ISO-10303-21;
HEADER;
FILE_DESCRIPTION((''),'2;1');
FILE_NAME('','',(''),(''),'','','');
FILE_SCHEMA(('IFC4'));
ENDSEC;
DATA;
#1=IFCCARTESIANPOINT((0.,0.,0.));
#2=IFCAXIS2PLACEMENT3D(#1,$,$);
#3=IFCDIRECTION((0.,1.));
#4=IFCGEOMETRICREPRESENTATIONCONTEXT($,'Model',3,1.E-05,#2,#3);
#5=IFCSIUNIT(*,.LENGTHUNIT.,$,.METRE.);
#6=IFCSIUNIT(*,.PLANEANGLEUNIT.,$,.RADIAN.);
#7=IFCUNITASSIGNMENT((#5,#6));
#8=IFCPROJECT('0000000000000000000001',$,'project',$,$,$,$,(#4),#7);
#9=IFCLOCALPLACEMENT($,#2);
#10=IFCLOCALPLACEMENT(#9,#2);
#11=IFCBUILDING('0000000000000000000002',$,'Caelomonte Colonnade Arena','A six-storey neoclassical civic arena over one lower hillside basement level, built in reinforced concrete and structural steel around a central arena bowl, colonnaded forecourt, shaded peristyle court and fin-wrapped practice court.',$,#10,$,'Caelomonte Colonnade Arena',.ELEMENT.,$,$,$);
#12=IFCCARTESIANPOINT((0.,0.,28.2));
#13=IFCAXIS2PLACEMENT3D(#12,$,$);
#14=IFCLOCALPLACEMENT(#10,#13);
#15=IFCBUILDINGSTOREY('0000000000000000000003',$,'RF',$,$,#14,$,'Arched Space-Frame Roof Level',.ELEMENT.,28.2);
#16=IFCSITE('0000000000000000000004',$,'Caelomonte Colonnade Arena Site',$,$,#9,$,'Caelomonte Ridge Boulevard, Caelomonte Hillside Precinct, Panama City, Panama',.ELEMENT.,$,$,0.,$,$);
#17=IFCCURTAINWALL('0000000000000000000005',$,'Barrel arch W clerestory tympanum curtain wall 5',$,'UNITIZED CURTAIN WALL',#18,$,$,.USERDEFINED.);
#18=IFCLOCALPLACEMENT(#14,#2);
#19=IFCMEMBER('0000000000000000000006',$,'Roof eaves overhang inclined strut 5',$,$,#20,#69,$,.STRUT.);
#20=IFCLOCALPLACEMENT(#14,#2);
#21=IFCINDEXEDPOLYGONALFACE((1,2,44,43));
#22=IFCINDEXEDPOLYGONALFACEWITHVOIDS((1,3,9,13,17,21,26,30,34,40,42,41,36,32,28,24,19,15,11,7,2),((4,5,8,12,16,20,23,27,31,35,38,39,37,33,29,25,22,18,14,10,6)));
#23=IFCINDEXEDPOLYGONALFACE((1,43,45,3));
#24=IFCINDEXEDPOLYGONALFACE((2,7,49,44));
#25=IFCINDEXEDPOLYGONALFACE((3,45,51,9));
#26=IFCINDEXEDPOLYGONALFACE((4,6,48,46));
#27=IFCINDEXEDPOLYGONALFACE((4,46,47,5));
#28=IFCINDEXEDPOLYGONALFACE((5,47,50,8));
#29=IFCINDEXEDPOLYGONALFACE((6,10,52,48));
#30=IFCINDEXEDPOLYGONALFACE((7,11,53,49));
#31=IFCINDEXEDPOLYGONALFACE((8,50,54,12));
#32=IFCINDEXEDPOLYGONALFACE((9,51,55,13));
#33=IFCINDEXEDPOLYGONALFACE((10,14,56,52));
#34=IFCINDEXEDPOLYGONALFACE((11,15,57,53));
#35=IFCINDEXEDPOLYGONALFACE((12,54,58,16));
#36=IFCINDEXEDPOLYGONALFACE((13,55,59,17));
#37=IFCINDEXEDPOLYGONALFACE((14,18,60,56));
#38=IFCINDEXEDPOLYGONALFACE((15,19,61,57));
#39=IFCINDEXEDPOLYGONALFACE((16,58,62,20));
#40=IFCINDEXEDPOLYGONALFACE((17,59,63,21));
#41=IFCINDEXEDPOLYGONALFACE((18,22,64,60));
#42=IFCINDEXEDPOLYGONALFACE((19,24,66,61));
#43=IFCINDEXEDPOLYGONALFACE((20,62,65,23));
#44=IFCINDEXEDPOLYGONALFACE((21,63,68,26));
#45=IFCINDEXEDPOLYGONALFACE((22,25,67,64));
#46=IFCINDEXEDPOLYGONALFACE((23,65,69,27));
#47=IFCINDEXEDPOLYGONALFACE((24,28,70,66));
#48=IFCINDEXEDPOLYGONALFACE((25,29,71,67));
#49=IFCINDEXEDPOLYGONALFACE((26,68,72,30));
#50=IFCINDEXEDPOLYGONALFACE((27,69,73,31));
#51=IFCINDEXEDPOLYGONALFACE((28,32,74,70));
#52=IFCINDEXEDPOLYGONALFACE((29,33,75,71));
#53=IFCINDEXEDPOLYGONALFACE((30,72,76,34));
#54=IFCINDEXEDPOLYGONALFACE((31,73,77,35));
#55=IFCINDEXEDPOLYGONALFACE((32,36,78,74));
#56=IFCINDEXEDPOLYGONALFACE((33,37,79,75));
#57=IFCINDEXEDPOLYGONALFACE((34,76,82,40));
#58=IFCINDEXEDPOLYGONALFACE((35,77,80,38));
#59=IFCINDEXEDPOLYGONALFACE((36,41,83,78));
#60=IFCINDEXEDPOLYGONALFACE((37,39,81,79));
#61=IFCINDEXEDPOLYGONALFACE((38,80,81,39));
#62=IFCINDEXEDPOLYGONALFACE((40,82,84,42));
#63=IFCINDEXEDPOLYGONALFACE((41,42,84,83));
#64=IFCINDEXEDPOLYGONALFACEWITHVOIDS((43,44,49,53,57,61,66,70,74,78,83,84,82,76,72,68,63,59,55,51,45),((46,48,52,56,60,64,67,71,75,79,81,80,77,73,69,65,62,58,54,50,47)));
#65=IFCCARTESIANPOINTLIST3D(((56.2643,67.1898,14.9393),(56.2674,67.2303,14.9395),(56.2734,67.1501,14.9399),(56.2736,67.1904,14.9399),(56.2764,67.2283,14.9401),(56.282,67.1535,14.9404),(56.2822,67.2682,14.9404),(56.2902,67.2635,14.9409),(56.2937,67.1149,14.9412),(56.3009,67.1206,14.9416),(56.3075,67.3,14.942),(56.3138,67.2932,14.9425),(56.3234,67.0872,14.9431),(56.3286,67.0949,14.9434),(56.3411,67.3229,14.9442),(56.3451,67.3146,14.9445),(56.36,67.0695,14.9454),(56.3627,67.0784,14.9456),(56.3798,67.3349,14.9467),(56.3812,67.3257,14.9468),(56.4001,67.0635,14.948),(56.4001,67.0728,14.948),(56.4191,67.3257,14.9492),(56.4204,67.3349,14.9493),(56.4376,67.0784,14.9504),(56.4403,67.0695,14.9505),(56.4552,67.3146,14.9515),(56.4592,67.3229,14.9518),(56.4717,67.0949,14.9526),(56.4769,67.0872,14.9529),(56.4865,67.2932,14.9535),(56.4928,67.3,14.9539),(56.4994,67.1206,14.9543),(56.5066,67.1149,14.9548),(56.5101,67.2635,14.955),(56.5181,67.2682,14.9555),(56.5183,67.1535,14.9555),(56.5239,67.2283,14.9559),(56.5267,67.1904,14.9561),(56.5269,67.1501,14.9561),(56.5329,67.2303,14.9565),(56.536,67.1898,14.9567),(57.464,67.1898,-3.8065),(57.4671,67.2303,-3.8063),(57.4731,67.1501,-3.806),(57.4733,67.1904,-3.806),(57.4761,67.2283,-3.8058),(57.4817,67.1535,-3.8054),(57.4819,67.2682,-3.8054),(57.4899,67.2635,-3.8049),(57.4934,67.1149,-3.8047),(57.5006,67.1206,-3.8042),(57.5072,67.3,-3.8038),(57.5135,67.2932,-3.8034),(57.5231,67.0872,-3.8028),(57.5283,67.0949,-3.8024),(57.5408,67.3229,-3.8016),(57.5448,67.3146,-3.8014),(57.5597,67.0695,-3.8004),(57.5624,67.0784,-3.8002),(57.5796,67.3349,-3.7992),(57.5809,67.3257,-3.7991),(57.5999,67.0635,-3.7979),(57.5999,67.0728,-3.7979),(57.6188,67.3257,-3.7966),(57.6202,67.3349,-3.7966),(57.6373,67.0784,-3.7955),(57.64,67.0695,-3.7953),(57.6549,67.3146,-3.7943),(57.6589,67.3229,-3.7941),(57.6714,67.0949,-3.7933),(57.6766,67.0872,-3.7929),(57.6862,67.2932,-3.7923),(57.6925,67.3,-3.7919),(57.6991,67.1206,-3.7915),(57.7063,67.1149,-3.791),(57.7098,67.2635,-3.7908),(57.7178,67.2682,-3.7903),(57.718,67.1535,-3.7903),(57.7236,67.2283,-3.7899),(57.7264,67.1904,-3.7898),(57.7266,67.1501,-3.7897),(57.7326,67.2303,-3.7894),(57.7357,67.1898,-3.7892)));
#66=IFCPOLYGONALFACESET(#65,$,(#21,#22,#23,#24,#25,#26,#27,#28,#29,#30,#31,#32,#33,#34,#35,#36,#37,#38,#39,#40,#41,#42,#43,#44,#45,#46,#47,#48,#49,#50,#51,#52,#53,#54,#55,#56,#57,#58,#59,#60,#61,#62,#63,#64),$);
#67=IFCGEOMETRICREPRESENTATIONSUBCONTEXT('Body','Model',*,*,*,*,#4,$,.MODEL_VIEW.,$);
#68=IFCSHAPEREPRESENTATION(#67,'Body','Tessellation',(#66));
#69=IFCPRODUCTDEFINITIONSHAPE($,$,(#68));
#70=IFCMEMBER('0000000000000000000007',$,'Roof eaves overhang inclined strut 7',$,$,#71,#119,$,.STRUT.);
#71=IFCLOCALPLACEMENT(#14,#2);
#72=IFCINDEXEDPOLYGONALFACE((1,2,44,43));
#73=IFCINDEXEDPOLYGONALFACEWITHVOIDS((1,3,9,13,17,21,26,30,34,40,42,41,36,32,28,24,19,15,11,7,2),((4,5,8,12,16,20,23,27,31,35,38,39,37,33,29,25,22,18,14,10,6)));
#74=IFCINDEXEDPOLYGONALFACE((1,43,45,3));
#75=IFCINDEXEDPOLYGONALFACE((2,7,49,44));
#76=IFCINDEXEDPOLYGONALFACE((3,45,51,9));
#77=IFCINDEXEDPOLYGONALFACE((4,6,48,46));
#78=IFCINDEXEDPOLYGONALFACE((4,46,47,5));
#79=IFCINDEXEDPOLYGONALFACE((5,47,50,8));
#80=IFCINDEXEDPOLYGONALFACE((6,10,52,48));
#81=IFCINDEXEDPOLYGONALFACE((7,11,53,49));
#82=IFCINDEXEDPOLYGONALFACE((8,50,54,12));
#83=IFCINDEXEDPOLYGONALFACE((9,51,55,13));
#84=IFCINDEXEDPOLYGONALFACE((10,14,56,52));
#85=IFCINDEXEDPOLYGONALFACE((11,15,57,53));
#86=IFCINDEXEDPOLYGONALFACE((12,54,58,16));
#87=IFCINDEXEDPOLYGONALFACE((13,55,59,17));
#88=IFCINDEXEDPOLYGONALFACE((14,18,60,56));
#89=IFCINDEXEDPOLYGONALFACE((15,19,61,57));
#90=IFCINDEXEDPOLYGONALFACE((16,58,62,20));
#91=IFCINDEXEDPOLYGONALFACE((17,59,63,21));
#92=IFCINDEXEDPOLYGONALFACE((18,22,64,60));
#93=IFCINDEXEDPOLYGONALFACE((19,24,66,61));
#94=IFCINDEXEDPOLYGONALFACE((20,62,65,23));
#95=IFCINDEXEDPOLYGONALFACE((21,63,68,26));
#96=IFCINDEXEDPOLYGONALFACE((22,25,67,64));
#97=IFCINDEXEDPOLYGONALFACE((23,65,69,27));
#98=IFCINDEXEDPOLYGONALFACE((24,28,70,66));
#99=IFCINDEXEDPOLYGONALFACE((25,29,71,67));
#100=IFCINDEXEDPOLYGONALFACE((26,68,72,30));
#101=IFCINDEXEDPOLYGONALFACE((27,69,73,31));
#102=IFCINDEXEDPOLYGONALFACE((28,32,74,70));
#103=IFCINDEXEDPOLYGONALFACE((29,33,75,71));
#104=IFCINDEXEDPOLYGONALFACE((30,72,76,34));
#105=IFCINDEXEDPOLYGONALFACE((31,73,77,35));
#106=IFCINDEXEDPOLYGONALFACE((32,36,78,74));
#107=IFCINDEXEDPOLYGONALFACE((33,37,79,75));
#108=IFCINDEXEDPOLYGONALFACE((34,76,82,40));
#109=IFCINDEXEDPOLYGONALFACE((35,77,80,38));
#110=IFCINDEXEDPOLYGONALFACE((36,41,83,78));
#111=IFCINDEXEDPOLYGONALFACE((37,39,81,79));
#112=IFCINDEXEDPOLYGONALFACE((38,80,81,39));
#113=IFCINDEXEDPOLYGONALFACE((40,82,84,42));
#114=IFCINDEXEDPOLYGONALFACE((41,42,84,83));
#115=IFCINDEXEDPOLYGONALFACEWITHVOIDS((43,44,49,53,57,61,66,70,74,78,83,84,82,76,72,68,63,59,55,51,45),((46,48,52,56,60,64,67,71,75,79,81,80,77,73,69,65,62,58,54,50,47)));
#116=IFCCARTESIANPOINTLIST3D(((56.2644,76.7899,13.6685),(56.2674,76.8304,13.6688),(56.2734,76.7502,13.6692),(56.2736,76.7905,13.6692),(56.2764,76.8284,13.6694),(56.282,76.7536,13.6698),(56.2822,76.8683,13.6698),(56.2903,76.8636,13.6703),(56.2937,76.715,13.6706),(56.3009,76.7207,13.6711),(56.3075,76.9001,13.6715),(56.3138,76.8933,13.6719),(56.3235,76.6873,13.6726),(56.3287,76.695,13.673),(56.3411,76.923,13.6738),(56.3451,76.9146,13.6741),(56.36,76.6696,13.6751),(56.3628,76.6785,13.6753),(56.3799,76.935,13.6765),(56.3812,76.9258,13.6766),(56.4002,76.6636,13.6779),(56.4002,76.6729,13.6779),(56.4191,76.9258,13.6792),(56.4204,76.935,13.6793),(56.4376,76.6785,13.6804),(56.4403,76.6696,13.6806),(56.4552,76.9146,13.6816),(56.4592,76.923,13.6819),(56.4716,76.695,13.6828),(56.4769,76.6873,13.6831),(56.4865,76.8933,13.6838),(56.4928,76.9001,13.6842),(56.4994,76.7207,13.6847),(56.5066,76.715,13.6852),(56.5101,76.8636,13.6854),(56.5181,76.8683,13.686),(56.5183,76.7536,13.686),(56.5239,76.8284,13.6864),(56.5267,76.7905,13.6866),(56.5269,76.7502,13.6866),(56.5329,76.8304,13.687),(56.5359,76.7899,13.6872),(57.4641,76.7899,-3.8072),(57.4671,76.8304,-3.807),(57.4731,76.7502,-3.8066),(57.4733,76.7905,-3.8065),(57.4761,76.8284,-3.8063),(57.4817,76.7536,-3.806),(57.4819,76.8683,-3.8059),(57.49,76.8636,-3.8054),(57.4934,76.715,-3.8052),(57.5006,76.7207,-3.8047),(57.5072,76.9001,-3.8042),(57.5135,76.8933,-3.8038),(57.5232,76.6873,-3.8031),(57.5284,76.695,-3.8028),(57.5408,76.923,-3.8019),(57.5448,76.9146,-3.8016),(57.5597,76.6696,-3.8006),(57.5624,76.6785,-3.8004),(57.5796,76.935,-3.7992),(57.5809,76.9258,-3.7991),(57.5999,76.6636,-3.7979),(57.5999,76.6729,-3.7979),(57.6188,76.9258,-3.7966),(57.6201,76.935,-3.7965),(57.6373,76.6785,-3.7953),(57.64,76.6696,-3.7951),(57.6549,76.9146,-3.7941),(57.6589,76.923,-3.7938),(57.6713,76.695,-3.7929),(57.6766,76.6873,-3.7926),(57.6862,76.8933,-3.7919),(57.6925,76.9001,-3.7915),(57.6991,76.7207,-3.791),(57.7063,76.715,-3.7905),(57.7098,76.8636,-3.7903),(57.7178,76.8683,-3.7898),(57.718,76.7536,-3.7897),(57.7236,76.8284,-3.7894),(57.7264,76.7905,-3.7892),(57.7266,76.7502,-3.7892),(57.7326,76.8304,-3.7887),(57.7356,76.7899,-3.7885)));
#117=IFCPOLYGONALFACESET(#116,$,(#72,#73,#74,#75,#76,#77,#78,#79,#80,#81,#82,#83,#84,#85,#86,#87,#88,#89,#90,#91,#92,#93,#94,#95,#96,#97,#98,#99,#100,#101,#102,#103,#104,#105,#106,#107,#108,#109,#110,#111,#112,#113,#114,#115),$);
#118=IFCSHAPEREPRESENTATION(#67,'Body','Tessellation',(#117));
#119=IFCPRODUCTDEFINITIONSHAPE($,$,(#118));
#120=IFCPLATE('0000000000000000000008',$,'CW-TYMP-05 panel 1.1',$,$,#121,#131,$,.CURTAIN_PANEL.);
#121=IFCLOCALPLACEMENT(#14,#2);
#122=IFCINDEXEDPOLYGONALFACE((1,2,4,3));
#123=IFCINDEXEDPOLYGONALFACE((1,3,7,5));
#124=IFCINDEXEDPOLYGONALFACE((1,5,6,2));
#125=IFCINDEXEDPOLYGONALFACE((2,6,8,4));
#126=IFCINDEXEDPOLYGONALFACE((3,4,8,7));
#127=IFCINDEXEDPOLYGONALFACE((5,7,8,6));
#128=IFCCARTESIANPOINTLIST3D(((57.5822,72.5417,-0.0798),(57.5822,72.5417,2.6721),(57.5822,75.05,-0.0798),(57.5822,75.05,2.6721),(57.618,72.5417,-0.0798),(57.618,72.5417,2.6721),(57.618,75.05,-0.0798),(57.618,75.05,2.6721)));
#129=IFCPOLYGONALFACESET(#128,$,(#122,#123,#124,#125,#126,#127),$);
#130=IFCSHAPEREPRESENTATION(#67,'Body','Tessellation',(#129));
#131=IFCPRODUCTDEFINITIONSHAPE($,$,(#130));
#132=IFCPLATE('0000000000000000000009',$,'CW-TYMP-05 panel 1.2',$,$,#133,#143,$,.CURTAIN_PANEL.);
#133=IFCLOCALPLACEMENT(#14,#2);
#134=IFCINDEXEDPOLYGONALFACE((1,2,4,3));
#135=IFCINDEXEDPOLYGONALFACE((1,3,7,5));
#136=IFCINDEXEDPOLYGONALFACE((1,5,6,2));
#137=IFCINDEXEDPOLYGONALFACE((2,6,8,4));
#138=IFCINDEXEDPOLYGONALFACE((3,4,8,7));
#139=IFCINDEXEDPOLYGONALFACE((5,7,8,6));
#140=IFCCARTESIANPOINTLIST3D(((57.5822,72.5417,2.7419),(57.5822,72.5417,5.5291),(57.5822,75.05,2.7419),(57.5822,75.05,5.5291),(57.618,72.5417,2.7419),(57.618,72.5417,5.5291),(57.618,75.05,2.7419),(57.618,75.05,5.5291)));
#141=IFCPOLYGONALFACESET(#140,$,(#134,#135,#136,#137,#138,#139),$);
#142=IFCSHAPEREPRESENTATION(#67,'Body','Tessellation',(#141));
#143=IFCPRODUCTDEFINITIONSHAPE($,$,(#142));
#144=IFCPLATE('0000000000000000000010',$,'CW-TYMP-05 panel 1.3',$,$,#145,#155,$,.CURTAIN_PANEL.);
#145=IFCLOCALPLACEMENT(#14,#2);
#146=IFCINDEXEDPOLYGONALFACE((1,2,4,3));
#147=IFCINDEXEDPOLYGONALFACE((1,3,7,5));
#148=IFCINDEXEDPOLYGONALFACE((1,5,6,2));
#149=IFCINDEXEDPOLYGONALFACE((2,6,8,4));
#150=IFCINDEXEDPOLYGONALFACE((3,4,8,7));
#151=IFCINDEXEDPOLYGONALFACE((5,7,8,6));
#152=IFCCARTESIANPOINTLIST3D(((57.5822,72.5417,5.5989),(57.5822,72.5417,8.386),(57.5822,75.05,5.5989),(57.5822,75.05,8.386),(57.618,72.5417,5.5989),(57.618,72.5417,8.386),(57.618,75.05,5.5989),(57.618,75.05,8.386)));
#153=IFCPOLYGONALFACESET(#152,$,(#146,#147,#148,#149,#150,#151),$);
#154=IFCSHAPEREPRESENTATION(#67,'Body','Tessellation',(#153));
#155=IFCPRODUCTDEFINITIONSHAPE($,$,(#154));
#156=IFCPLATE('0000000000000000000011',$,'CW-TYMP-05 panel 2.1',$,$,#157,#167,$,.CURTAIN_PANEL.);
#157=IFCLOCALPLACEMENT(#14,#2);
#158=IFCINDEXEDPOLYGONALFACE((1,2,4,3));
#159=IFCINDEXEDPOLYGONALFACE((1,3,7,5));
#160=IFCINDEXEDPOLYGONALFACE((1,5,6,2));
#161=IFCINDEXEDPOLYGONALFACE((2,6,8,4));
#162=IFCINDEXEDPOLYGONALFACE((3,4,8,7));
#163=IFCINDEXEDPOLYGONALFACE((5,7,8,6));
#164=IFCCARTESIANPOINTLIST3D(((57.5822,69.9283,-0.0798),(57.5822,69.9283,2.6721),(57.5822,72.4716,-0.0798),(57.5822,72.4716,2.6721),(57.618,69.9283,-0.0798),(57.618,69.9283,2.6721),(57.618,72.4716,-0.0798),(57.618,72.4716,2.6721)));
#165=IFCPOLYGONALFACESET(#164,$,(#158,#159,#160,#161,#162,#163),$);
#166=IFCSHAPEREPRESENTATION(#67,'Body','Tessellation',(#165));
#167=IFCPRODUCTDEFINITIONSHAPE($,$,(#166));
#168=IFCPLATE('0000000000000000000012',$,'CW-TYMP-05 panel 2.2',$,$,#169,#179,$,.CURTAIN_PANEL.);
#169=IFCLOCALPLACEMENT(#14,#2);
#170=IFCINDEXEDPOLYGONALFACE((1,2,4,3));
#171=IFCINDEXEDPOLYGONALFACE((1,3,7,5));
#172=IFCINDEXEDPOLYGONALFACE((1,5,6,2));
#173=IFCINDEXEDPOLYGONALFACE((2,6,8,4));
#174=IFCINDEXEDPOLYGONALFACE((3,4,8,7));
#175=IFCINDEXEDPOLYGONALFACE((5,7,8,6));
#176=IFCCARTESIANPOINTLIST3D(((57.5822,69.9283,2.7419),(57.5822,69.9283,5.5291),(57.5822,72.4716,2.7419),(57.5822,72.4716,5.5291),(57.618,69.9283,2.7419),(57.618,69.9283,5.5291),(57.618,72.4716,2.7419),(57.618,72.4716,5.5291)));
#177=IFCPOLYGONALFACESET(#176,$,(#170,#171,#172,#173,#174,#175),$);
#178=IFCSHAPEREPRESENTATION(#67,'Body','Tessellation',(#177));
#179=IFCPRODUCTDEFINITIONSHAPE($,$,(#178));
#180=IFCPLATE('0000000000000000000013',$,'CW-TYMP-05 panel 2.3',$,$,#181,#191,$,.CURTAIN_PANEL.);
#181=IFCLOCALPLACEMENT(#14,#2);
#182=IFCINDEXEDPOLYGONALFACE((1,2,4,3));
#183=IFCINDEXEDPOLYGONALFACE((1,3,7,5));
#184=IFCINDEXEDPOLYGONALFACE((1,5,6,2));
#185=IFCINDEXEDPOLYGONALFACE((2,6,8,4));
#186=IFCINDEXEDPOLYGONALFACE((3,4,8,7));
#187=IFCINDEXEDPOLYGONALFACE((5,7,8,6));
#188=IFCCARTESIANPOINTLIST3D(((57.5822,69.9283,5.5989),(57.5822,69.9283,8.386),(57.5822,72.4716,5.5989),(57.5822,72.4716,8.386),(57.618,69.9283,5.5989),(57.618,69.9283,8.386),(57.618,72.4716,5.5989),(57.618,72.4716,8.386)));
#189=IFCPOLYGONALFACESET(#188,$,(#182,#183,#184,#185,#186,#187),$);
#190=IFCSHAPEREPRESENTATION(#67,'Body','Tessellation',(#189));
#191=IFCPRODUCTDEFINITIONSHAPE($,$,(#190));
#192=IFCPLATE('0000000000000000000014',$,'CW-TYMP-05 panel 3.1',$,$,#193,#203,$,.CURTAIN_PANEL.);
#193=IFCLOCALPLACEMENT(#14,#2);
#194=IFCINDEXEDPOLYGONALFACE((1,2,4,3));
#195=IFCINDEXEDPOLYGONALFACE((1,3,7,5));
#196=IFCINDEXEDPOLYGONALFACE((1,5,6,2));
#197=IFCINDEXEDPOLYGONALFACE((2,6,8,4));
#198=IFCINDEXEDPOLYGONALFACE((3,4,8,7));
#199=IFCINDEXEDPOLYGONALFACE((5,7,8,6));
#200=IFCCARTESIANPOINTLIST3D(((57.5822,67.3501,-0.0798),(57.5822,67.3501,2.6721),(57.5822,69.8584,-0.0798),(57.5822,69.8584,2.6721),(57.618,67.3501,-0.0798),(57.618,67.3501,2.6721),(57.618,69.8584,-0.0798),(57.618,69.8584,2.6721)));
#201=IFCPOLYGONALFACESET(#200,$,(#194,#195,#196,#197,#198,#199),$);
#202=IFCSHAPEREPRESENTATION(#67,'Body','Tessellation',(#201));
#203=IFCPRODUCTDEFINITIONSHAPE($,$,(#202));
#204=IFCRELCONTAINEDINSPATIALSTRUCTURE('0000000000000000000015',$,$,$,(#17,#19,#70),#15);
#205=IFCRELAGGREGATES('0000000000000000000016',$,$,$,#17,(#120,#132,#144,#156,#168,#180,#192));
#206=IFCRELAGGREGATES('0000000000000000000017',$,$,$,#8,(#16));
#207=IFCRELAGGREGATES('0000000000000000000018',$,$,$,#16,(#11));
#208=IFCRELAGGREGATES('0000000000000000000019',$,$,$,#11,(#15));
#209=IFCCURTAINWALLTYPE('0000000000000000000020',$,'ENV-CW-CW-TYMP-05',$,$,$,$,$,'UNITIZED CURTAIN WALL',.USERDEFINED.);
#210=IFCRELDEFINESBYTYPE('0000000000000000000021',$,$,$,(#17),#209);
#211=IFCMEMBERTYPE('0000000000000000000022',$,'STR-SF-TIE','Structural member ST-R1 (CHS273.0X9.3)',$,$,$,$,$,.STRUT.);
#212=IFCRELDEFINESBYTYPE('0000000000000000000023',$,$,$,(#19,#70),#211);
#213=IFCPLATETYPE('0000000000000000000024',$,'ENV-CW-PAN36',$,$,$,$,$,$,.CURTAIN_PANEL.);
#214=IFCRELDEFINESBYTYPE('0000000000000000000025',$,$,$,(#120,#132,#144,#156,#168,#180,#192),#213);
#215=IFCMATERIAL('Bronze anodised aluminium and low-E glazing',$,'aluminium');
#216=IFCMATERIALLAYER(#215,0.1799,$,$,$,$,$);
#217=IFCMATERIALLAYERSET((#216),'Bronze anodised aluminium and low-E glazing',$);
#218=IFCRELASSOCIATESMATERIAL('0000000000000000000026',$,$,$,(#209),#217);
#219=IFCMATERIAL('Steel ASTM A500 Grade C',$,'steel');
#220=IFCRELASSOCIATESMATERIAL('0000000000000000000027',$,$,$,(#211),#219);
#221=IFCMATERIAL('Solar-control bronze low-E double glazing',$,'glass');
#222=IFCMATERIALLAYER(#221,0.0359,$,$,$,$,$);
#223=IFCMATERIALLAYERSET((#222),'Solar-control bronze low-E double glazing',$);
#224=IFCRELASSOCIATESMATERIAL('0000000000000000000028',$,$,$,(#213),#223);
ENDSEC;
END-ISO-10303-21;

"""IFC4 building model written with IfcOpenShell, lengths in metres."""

from ifc_helpers import new_model, si_unit, direction, frame, origin, origin_2d, place, context, subcontext, project, spatial, rectangle, hollow_circle, extrude, material, layer, layer_set, material_profile, profile_set, type_object, element, aggregate, save


model = new_model("IFC4")

# Units and contexts
model_context = context("Model", 3, precision=1e-05, world=origin(), true_north=direction((0.0, 1.0)))
body_context = subcontext(model_context, "Body", "Model", "MODEL_VIEW")
ifc_project = project(units=[si_unit("LENGTHUNIT", "METRE"), si_unit("PLANEANGLEUNIT", "RADIAN")], contexts=[model_context])

# Site, building, storey
site_placement = place(None, origin())
site = spatial("IfcSite", under=ifc_project, at=site_placement, Name="Caelomonte Colonnade Arena Site", LongName="Caelomonte Ridge Boulevard, Caelomonte Hillside Precinct, Panama City, Panama", CompositionType="ELEMENT", RefElevation=0.0)
building_placement = place(site_placement, origin())
building = spatial("IfcBuilding", under=site, at=building_placement, Name="Caelomonte Colonnade Arena", Description="A six-storey neoclassical civic arena over one lower hillside basement level, built in reinforced concrete and structural steel around a central arena bowl, colonnaded forecourt, shaded peristyle court and fin-wrapped practice court.", LongName="Caelomonte Colonnade Arena", CompositionType="ELEMENT")
storey_placement = place(building_placement, frame((0.0, 0.0, 28.2)))
storey = spatial("IfcBuildingStorey", under=building, at=storey_placement, Name="RF", LongName="Arched Space-Frame Roof Level", CompositionType="ELEMENT", Elevation=28.2)

# Curtain wall
ifc_material_1 = material(Name="Bronze anodised aluminium and low-E glazing", Category="aluminium")
ifc_layer_1 = layer(ifc_material_1, 0.1799)
ifc_layer_set_1 = layer_set([ifc_layer_1], Name="Bronze anodised aluminium and low-E glazing")
curtain_wall_type_1 = type_object("IfcCurtainWallType", Name="ENV-CW-CW-TYMP-05", ElementType="UNITIZED CURTAIN WALL", PredefinedType="USERDEFINED", material=ifc_layer_set_1)
curtain_wall_1_placement = place(storey_placement, origin())
curtain_wall_1 = element("IfcCurtainWall", 1, at=curtain_wall_1_placement, inside=storey, type_object=curtain_wall_type_1, Name="Barrel arch W clerestory tympanum curtain wall 5", ObjectType="UNITIZED CURTAIN WALL", PredefinedType="USERDEFINED")

# Members
ifc_material_2 = material(Name="Steel ASTM A500 Grade C", Category="steel")
ifc_material_profile_1 = material_profile(ifc_material_2, hollow_circle(Radius=0.1365, WallThickness=0.0093, at=origin_2d()), Name="CHS273.0X9.3")
ifc_profile_set_1 = profile_set([ifc_material_profile_1], Name="Steel ASTM A500 Grade C")
member_type_1 = type_object("IfcMemberType", Name="STR-SF-TIE", Description="Structural member ST-R1 (CHS273.0X9.3)", PredefinedType="STRUT", material=ifc_profile_set_1)
member_1_placement = place(storey_placement, frame((57.5999, 67.2, -3.7979), z_axis=(-0.063868, 0.0, 0.997958), x_axis=(0.0, -1.0, 0.0)))
element("IfcMember", 2, at=member_1_placement, inside=storey, type_object=member_type_1, Name="Roof eaves overhang inclined strut 5", PredefinedType="STRUT", context=body_context, shape_type="SweptSolid", body=[
    extrude(hollow_circle(Radius=0.1365, WallThickness=0.0093, at=origin_2d()), origin(), (0.0, 0.0, 1.0), 18.7842),
])
member_2_placement = place(storey_placement, frame((57.5999, 76.8, -3.7979), z_axis=(-0.068488, 0.0, 0.997652), x_axis=(0.0, -1.0, 0.0)))
element("IfcMember", 3, at=member_2_placement, inside=storey, type_object=member_type_1, Name="Roof eaves overhang inclined strut 7", PredefinedType="STRUT", context=body_context, shape_type="SweptSolid", body=[
    extrude(hollow_circle(Radius=0.1365, WallThickness=0.0093, at=origin_2d()), origin(), (0.0, 0.0, 1.0), 17.5168),
])

# Plates
ifc_material_3 = material(Name="Solar-control bronze low-E double glazing", Category="glass")
ifc_layer_2 = layer(ifc_material_3, 0.0359)
ifc_layer_set_2 = layer_set([ifc_layer_2], Name="Solar-control bronze low-E double glazing")
plate_type = type_object("IfcPlateType", Name="ENV-CW-PAN36", PredefinedType="CURTAIN_PANEL", material=ifc_layer_set_2)
plate_1_placement = place(storey_placement, frame((57.6001, 73.7959, -0.0798), z_axis=(0.0, 0.0, 1.0), x_axis=(0.0, -1.0, 0.0)))
plate_1 = element("IfcPlate", 4, at=plate_1_placement, type_object=plate_type, Name="CW-TYMP-05 panel 1.1", PredefinedType="CURTAIN_PANEL", context=body_context, shape_type="SweptSolid", body=[
    extrude(rectangle(XDim=2.5083, YDim=0.0359, at=origin_2d()), origin(), (0.0, 0.0, 1.0), 2.752),
])
plate_2_placement = place(storey_placement, frame((57.6001, 73.7959, 2.7419), z_axis=(0.0, 0.0, 1.0), x_axis=(0.0, -1.0, 0.0)))
plate_2 = element("IfcPlate", 5, at=plate_2_placement, type_object=plate_type, Name="CW-TYMP-05 panel 1.2", PredefinedType="CURTAIN_PANEL", context=body_context, shape_type="SweptSolid", body=[
    extrude(rectangle(XDim=2.5083, YDim=0.0359, at=origin_2d()), origin(), (0.0, 0.0, 1.0), 2.7871),
])
plate_3_placement = place(storey_placement, frame((57.6001, 73.7959, 5.5989), z_axis=(0.0, 0.0, 1.0), x_axis=(0.0, -1.0, 0.0)))
plate_3 = element("IfcPlate", 6, at=plate_3_placement, type_object=plate_type, Name="CW-TYMP-05 panel 1.3", PredefinedType="CURTAIN_PANEL", context=body_context, shape_type="SweptSolid", body=[
    extrude(rectangle(XDim=2.5083, YDim=0.0359, at=origin_2d()), origin(), (0.0, 0.0, 1.0), 2.7871),
])
plate_4_placement = place(storey_placement, frame((57.6001, 71.2, -0.0798), z_axis=(0.0, 0.0, 1.0), x_axis=(0.0, -1.0, 0.0)))
plate_4 = element("IfcPlate", 7, at=plate_4_placement, type_object=plate_type, Name="CW-TYMP-05 panel 2.1", PredefinedType="CURTAIN_PANEL", context=body_context, shape_type="SweptSolid", body=[
    extrude(rectangle(XDim=2.5432, YDim=0.0359, at=origin_2d()), origin(), (0.0, 0.0, 1.0), 2.752),
])
plate_5_placement = place(storey_placement, frame((57.6001, 71.2, 2.7419), z_axis=(0.0, 0.0, 1.0), x_axis=(0.0, -1.0, 0.0)))
plate_5 = element("IfcPlate", 8, at=plate_5_placement, type_object=plate_type, Name="CW-TYMP-05 panel 2.2", PredefinedType="CURTAIN_PANEL", context=body_context, shape_type="SweptSolid", body=[
    extrude(rectangle(XDim=2.5432, YDim=0.0359, at=origin_2d()), origin(), (0.0, 0.0, 1.0), 2.7871),
])
plate_6_placement = place(storey_placement, frame((57.6001, 71.2, 5.5989), z_axis=(0.0, 0.0, 1.0), x_axis=(0.0, -1.0, 0.0)))
plate_6 = element("IfcPlate", 9, at=plate_6_placement, type_object=plate_type, Name="CW-TYMP-05 panel 2.3", PredefinedType="CURTAIN_PANEL", context=body_context, shape_type="SweptSolid", body=[
    extrude(rectangle(XDim=2.5432, YDim=0.0359, at=origin_2d()), origin(), (0.0, 0.0, 1.0), 2.7871),
])
plate_7_placement = place(storey_placement, frame((57.6001, 68.6042, -0.0798), z_axis=(0.0, 0.0, 1.0), x_axis=(0.0, -1.0, 0.0)))
plate_7 = element("IfcPlate", 10, at=plate_7_placement, type_object=plate_type, Name="CW-TYMP-05 panel 3.1", PredefinedType="CURTAIN_PANEL", context=body_context, shape_type="SweptSolid", body=[
    extrude(rectangle(XDim=2.5083, YDim=0.0359, at=origin_2d()), origin(), (0.0, 0.0, 1.0), 2.752),
])
aggregate(curtain_wall_1, [plate_1, plate_2, plate_3, plate_4, plate_5, plate_6, plate_7])

save(model, "model.ifc")
